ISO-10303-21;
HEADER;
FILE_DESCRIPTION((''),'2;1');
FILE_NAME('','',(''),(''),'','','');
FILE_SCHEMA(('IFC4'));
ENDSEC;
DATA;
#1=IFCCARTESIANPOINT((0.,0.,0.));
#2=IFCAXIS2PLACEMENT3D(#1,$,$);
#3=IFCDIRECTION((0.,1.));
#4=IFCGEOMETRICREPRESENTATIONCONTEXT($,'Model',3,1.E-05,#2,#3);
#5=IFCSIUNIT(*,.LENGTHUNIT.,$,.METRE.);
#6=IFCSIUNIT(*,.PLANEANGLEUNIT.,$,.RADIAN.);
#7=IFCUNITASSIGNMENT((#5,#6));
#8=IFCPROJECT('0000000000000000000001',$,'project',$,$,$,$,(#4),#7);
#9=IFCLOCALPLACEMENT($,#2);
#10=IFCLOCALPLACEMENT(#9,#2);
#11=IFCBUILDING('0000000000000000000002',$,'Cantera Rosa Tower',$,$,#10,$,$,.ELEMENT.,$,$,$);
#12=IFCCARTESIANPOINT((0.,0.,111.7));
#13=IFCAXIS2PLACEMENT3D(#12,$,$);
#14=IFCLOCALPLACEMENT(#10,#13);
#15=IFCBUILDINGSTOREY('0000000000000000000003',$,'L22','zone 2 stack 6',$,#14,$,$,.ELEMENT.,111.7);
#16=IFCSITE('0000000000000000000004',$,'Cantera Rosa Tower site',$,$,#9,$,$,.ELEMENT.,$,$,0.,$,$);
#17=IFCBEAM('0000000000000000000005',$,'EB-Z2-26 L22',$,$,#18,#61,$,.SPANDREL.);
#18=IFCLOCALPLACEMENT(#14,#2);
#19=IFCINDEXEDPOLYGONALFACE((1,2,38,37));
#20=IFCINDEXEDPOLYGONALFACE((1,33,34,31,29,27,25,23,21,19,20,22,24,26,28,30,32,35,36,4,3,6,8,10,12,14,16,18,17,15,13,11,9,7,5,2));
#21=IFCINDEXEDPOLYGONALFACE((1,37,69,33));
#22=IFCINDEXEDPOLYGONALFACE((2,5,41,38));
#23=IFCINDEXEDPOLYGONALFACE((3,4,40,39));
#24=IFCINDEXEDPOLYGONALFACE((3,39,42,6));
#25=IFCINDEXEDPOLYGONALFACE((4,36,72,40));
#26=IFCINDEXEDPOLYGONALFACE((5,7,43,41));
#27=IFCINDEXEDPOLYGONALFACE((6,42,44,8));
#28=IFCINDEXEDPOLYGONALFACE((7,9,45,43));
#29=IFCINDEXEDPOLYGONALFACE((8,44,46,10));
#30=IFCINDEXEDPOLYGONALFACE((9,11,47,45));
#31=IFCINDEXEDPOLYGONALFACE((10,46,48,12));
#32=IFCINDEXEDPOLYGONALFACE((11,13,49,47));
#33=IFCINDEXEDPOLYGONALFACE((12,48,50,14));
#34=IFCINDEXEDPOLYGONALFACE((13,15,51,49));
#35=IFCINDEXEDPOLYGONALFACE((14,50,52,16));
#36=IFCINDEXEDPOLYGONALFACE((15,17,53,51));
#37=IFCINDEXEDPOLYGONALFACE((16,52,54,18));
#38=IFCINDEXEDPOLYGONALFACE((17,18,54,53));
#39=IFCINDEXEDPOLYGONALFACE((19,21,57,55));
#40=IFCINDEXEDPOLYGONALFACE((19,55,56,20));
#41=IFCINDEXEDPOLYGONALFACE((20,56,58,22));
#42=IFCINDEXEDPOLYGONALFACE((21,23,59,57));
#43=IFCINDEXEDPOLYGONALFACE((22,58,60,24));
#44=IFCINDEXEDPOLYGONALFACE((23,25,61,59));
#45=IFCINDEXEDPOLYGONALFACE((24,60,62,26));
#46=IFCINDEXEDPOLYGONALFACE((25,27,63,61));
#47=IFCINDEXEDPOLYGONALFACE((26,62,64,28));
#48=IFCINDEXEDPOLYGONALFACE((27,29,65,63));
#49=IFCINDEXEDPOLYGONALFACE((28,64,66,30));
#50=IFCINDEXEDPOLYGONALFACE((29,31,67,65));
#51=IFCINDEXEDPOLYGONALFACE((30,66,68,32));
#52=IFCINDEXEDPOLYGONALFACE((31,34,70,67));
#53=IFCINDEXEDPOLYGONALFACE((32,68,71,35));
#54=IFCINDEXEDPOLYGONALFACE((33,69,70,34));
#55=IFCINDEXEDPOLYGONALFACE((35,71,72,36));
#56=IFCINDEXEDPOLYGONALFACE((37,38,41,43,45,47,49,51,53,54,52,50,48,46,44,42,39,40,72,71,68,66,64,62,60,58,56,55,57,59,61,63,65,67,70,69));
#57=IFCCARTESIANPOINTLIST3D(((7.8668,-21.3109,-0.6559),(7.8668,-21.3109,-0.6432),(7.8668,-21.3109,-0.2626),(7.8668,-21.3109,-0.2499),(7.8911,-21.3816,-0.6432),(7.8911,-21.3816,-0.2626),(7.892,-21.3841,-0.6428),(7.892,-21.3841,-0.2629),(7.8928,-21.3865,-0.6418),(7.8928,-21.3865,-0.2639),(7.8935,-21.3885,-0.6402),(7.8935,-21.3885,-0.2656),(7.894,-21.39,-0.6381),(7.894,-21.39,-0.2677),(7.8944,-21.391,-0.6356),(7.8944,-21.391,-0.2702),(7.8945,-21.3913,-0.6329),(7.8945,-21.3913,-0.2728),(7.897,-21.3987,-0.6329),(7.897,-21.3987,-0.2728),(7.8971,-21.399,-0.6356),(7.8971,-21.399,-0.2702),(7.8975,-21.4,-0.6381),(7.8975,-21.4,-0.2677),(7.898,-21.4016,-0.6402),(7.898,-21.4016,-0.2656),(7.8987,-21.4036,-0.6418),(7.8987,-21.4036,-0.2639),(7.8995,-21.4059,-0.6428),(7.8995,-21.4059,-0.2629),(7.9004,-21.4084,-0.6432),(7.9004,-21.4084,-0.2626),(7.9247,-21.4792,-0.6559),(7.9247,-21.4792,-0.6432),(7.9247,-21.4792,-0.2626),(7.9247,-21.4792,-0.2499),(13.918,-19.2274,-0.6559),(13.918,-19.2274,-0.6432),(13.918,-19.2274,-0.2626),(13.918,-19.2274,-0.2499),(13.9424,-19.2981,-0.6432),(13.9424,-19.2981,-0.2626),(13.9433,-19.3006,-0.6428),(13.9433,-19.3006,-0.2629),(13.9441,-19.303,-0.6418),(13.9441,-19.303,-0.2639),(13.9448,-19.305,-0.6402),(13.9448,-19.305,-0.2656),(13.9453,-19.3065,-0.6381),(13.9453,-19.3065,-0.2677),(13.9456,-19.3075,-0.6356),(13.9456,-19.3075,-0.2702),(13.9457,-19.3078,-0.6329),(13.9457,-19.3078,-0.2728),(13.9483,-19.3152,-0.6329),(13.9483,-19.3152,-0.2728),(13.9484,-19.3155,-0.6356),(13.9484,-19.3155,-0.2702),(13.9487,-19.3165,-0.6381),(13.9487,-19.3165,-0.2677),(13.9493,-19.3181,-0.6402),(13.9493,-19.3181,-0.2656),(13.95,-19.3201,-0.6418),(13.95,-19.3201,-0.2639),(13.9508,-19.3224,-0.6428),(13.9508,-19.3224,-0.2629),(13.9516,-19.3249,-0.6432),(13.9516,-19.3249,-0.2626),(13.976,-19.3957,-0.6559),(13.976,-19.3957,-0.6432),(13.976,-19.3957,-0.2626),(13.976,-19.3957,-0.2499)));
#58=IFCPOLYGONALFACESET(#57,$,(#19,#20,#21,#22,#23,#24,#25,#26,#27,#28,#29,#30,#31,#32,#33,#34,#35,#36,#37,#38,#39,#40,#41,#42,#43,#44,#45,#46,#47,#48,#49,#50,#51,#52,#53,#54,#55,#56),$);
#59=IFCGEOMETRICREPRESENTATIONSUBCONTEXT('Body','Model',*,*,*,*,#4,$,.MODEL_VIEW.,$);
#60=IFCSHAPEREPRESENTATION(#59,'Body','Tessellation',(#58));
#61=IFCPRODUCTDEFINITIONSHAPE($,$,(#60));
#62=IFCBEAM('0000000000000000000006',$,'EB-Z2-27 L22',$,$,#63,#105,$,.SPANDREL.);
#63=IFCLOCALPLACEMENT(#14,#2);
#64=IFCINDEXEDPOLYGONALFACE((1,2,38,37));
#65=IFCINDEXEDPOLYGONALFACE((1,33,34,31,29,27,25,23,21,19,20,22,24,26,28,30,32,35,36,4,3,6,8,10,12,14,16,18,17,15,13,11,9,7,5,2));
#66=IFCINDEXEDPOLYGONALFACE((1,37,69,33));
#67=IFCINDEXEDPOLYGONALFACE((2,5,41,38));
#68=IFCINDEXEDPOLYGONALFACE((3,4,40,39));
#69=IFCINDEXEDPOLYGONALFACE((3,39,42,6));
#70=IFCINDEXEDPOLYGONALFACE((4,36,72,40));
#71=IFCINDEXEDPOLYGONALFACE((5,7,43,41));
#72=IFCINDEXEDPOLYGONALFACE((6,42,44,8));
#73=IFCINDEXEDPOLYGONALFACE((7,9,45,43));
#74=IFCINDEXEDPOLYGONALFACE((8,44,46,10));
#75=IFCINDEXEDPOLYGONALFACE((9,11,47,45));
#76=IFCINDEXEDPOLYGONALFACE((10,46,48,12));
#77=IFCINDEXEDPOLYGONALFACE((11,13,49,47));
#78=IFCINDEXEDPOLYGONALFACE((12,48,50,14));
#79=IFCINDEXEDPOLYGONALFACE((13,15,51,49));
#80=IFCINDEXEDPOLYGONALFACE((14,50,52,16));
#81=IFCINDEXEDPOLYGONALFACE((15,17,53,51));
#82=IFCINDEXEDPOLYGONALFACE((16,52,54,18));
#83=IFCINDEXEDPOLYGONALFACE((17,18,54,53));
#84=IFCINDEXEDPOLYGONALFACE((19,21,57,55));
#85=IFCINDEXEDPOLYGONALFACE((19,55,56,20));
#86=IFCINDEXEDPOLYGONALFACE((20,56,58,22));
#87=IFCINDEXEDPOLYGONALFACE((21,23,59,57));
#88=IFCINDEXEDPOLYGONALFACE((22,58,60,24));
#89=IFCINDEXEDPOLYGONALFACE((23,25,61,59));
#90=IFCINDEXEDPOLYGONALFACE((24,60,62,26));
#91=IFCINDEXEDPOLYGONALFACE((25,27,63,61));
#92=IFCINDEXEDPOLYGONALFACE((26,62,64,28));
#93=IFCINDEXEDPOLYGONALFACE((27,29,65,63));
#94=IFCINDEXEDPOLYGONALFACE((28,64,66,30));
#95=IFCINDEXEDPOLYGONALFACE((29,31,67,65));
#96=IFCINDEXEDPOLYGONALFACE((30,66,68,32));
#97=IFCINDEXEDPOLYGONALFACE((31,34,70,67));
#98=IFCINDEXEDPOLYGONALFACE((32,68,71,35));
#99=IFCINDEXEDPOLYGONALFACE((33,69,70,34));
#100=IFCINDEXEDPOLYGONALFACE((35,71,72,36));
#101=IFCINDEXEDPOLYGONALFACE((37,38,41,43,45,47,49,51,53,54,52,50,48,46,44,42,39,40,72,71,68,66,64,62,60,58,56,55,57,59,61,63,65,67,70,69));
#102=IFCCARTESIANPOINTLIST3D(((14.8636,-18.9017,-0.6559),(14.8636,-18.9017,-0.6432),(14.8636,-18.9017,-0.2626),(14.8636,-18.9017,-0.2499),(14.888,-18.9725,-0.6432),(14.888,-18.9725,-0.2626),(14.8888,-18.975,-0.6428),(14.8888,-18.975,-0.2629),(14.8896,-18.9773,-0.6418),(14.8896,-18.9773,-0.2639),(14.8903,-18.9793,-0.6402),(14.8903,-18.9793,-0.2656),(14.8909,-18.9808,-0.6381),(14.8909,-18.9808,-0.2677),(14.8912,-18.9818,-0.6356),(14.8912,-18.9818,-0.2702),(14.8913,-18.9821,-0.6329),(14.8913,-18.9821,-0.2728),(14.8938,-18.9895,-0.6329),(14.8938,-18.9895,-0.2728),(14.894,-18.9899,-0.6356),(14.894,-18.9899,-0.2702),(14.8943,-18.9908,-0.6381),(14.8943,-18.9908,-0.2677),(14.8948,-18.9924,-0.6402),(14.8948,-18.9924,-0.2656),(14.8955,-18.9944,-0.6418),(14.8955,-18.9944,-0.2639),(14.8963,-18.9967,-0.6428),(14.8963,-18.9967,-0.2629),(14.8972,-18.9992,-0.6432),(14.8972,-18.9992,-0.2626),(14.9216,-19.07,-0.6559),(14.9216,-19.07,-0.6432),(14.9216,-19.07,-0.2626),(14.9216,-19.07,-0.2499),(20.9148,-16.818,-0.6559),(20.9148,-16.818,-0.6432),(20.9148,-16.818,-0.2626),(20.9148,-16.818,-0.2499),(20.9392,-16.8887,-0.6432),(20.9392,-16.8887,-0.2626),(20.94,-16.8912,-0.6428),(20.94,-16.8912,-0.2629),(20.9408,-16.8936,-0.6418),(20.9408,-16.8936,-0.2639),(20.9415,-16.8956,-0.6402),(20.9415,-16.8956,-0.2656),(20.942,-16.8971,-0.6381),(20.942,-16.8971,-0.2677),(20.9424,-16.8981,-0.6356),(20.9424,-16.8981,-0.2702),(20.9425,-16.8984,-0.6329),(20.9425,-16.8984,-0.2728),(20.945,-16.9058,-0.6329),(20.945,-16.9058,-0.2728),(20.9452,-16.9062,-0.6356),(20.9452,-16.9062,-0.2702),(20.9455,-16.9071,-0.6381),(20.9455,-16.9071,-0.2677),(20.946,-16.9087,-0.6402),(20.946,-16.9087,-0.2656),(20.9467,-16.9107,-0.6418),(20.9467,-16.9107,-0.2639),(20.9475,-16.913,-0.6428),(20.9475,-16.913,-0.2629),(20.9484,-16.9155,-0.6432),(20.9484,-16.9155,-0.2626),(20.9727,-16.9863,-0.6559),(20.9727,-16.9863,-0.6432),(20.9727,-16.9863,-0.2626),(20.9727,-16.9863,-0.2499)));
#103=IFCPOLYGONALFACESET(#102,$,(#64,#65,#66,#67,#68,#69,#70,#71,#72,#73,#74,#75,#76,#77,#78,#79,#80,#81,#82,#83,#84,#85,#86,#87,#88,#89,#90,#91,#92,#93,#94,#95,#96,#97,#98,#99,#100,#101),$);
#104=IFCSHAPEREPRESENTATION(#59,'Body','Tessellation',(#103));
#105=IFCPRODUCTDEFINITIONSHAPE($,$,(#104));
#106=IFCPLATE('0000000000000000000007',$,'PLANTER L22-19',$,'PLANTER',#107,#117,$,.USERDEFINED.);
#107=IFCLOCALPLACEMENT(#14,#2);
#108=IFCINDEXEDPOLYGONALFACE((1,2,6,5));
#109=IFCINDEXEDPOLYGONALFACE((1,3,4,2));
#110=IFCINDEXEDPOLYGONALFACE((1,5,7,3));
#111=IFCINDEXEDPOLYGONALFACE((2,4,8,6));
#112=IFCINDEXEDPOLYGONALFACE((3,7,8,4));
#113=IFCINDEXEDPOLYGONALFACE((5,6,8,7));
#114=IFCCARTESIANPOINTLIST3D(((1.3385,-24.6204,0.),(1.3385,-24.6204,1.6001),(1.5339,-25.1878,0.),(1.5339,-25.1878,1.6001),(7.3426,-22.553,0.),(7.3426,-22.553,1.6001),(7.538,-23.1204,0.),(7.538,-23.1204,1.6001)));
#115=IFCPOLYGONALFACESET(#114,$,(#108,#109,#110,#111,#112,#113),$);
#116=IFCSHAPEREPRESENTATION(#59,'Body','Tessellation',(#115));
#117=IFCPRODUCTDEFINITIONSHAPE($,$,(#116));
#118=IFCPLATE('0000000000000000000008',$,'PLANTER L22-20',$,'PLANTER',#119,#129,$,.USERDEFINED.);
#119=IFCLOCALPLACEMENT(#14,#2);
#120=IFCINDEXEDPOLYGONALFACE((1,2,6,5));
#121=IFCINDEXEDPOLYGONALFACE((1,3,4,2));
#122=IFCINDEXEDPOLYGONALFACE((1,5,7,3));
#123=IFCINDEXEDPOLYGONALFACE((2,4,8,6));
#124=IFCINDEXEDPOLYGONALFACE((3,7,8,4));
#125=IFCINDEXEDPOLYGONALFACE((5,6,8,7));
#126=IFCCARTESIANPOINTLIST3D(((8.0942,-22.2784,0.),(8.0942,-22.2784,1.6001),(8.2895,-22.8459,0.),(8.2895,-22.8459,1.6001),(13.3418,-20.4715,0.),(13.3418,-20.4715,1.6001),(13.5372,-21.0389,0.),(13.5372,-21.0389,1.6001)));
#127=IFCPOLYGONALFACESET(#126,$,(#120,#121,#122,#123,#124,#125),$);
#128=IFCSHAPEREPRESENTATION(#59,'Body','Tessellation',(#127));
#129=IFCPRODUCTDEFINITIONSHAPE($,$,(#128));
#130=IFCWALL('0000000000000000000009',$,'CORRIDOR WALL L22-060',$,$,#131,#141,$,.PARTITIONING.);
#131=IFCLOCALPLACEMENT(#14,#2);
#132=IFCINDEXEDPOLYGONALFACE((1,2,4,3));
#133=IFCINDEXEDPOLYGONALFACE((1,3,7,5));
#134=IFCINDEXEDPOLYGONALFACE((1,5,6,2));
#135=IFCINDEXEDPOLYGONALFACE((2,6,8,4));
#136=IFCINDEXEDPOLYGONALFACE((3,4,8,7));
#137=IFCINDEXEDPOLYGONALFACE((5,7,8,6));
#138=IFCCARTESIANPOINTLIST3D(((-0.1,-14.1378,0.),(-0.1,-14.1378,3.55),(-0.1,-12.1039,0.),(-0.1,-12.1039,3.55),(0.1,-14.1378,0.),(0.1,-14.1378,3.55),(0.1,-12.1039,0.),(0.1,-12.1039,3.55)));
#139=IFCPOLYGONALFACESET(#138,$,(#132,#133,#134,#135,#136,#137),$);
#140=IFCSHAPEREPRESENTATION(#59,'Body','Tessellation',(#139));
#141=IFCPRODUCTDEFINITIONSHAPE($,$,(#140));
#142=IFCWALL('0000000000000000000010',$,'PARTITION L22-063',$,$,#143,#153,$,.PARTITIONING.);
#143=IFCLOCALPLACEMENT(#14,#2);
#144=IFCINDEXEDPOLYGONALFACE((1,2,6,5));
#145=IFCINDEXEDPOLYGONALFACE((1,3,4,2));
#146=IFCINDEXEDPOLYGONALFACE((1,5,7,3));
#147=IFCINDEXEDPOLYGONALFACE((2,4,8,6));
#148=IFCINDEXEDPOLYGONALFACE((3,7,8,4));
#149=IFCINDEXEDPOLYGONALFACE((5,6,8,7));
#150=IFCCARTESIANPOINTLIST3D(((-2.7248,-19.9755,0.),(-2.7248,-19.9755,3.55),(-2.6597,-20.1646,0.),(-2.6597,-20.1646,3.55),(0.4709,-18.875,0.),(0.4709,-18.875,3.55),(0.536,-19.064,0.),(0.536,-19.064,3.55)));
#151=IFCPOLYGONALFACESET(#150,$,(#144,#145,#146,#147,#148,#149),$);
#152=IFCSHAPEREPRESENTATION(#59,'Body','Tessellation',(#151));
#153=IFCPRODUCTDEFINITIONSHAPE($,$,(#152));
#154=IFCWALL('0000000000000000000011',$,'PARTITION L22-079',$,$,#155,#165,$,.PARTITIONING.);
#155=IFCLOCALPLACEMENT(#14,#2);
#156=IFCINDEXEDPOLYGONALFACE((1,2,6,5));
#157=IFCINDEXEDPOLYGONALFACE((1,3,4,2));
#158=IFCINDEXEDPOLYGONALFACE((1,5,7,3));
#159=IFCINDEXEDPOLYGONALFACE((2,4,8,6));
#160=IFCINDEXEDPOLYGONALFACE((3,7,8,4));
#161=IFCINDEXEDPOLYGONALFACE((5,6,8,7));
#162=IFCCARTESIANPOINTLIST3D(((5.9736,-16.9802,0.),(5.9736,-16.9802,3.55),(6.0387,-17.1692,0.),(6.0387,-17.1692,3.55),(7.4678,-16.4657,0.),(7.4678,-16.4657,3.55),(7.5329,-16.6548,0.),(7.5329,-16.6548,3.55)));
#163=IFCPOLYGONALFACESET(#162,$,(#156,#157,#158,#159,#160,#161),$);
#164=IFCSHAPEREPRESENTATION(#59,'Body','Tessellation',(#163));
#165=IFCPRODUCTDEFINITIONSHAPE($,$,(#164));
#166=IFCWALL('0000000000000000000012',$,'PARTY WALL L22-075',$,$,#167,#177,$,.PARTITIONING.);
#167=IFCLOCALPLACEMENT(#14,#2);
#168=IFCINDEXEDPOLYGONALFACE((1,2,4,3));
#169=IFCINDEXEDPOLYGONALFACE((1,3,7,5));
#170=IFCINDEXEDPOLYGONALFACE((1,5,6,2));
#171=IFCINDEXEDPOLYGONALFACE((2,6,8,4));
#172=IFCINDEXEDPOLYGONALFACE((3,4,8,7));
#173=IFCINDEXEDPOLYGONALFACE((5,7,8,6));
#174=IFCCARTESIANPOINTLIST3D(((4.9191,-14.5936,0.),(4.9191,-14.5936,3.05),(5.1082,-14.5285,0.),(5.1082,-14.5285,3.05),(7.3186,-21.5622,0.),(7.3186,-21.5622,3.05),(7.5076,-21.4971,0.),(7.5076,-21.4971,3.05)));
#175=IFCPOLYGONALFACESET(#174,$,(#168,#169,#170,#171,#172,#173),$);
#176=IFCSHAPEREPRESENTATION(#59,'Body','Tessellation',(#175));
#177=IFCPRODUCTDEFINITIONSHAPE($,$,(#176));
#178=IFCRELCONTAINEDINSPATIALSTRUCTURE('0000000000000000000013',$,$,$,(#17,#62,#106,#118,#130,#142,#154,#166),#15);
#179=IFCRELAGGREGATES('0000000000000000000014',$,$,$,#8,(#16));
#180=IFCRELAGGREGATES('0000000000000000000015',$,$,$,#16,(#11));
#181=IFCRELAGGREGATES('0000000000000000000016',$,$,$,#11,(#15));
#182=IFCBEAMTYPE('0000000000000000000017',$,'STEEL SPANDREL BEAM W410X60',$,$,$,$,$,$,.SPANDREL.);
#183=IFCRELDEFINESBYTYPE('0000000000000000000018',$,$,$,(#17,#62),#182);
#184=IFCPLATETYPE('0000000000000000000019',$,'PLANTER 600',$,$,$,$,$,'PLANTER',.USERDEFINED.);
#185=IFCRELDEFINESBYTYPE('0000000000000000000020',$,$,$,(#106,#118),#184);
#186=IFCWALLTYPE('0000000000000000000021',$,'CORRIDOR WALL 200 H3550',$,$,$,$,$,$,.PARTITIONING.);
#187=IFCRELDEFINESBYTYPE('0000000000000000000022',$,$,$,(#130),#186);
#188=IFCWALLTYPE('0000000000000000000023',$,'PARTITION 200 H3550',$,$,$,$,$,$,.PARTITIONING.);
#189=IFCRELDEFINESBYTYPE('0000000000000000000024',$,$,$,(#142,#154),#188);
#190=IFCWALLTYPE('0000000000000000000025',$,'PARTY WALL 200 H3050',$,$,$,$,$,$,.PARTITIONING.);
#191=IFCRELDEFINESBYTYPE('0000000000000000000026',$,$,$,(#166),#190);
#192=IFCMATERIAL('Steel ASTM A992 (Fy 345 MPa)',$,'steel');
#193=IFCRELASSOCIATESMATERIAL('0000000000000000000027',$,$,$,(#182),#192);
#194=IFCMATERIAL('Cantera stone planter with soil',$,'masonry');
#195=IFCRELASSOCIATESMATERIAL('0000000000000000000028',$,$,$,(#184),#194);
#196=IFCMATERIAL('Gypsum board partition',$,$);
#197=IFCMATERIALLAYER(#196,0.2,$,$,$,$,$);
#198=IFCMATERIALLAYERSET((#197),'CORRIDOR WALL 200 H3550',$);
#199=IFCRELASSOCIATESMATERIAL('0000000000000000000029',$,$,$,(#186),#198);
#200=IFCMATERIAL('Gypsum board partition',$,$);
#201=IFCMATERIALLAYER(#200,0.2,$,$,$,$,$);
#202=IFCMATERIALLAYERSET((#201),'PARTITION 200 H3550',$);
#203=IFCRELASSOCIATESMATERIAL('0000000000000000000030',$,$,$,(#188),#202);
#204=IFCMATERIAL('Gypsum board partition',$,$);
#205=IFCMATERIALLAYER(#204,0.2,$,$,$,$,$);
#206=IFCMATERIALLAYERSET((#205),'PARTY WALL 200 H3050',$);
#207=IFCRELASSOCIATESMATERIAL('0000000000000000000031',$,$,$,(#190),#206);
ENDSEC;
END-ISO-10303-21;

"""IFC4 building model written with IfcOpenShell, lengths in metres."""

from ifc_helpers import new_model, si_unit, direction, frame, frame_2d, origin, origin_2d, place, context, subcontext, project, spatial, rectangle, i_section, extrude, material, layer, layer_set, material_profile, profile_set, type_object, element, save


model = new_model("IFC4")

# Units and contexts
model_context = context("Model", 3, precision=1e-05, world=origin(), true_north=direction((0.0, 1.0)))
body_context = subcontext(model_context, "Body", "Model", "MODEL_VIEW")
ifc_project = project(units=[si_unit("LENGTHUNIT", "METRE"), si_unit("PLANEANGLEUNIT", "RADIAN")], contexts=[model_context])

# Site, building, storey
site_placement = place(None, origin())
site = spatial("IfcSite", under=ifc_project, at=site_placement, Name="Cantera Rosa Tower site", CompositionType="ELEMENT", RefElevation=0.0)
building_placement = place(site_placement, origin())
building = spatial("IfcBuilding", under=site, at=building_placement, Name="Cantera Rosa Tower", CompositionType="ELEMENT")
storey_placement = place(building_placement, frame((0.0, 0.0, 111.7)))
storey = spatial("IfcBuildingStorey", under=building, at=storey_placement, Name="L22", Description="zone 2 stack 6", CompositionType="ELEMENT", Elevation=111.7)

# Beams
ifc_material_1 = material(Name="Steel ASTM A992 (Fy 345 MPa)", Category="steel")
ifc_material_profile_1 = material_profile(ifc_material_1, i_section(OverallWidth=0.178, OverallDepth=0.406, WebThickness=0.0078, FlangeThickness=0.0127, FilletRadius=0.0103, at=origin_2d()), Name="W410X60")
ifc_profile_set_1 = profile_set([ifc_material_profile_1], Name="Steel ASTM A992 (Fy 345 MPa)")
beam_type_1 = type_object("IfcBeamType", Name="STEEL SPANDREL BEAM W410X60", PredefinedType="SPANDREL", material=ifc_profile_set_1)
for number, where, z_axis, x_axis, name in (
    (1, (7.8958, -21.395, -0.4529), (0.945524, 0.325551, 0.0), (-0.325551, 0.945524, 0.0), "EB-Z2-26 L22"),
    (2, (14.8926, -18.9858, -0.4529), (0.945513, 0.325585, 0.0), (-0.325585, 0.945513, 0.0), "EB-Z2-27 L22"),
):
    element("IfcBeam", number, at=place(storey_placement, frame(where, z_axis=z_axis, x_axis=x_axis)), inside=storey, type_object=beam_type_1, Name=name, PredefinedType="SPANDREL", context=body_context, shape_type="SweptSolid", body=[
        extrude(i_section(OverallWidth=0.178, OverallDepth=0.406, WebThickness=0.0078, FlangeThickness=0.0127, FilletRadius=0.0103, at=origin_2d()), origin(), (0.0, 0.0, 1.0), 6.3999),
    ])

# Plates
ifc_material_2 = material(Name="Cantera stone planter with soil", Category="masonry")
plate_type = type_object("IfcPlateType", Name="PLANTER 600", ElementType="PLANTER", PredefinedType="USERDEFINED", material=ifc_material_2)
plate_1_placement = place(storey_placement, frame((4.4382, -23.8704, 0.0), z_axis=(0.0, 0.0, 1.0), x_axis=(0.945519, 0.325568, 0.0)))
element("IfcPlate", 3, at=plate_1_placement, inside=storey, type_object=plate_type, Name="PLANTER L22-19", ObjectType="PLANTER", PredefinedType="USERDEFINED", context=body_context, shape_type="SweptSolid", body=[
    extrude(rectangle(XDim=6.3501, YDim=0.6001, at=origin_2d()), origin(), (0.0, 0.0, 1.0), 1.6001),
])
plate_2_placement = place(storey_placement, frame((10.8157, -21.6587, 0.0), z_axis=(0.0, 0.0, 1.0), x_axis=(0.945519, 0.325568, 0.0)))
element("IfcPlate", 4, at=plate_2_placement, inside=storey, type_object=plate_type, Name="PLANTER L22-20", ObjectType="PLANTER", PredefinedType="USERDEFINED", context=body_context, shape_type="SweptSolid", body=[
    extrude(rectangle(XDim=5.55, YDim=0.6001, at=origin_2d()), origin(), (0.0, 0.0, 1.0), 1.6001),
])

# Wall
ifc_material_3 = material(Name="Gypsum board partition")
ifc_layer_1 = layer(ifc_material_3, 0.2)
ifc_layer_set_1 = layer_set([ifc_layer_1], Name="CORRIDOR WALL 200 H3550")
wall_type_1 = type_object("IfcWallType", Name="CORRIDOR WALL 200 H3550", PredefinedType="PARTITIONING", material=ifc_layer_set_1)
wall_1_placement = place(storey_placement, frame((0.0, -14.1379, 0.0), z_axis=(0.0, 0.0, 1.0), x_axis=(0.0, 1.0, 0.0)))
element("IfcWall", 5, at=wall_1_placement, inside=storey, type_object=wall_type_1, Name="CORRIDOR WALL L22-060", PredefinedType="PARTITIONING", context=body_context, shape_type="SweptSolid", body=[
    extrude(rectangle(XDim=2.0339, YDim=0.2, at=frame_2d((1.0171, 0.0))), origin(), (0.0, 0.0, 1.0), 3.55),
])

# Walls
ifc_material_4 = material(Name="Gypsum board partition")
ifc_layer_2 = layer(ifc_material_4, 0.2)
ifc_layer_set_2 = layer_set([ifc_layer_2], Name="PARTITION 200 H3550")
wall_type_2 = type_object("IfcWallType", Name="PARTITION 200 H3550", PredefinedType="PARTITIONING", material=ifc_layer_set_2)
wall_2_placement = place(storey_placement, frame((0.5034, -18.9695, 0.0), z_axis=(0.0, 0.0, 1.0), x_axis=(-0.945502, -0.325617, 0.0)))
element("IfcWall", 6, at=wall_2_placement, inside=storey, type_object=wall_type_2, Name="PARTITION L22-063", PredefinedType="PARTITIONING", context=body_context, shape_type="SweptSolid", body=[
    extrude(rectangle(XDim=3.3799, YDim=0.2, at=frame_2d((1.6899, 0.0))), origin(), (0.0, 0.0, 1.0), 3.55),
])
wall_3_placement = place(storey_placement, frame((7.5002, -16.5603, 0.0), z_axis=(0.0, 0.0, 1.0), x_axis=(-0.945532, -0.325529, 0.0)))
element("IfcWall", 7, at=wall_3_placement, inside=storey, type_object=wall_type_2, Name="PARTITION L22-079", PredefinedType="PARTITIONING", context=body_context, shape_type="SweptSolid", body=[
    extrude(rectangle(XDim=1.5803, YDim=0.2, at=frame_2d((0.79, 0.0))), origin(), (0.0, 0.0, 1.0), 3.55),
])
ifc_material_5 = material(Name="Gypsum board partition")
ifc_layer_3 = layer(ifc_material_5, 0.2)
ifc_layer_set_3 = layer_set([ifc_layer_3], Name="PARTY WALL 200 H3050")
wall_type_3 = type_object("IfcWallType", Name="PARTY WALL 200 H3050", PredefinedType="PARTITIONING", material=ifc_layer_set_3)
wall_4_placement = place(storey_placement, frame((5.0137, -14.561, 0.0), z_axis=(0.0, 0.0, 1.0), x_axis=(0.325564, -0.94552, 0.0)))
element("IfcWall", 8, at=wall_4_placement, inside=storey, type_object=wall_type_3, Name="PARTY WALL L22-075", PredefinedType="PARTITIONING", context=body_context, shape_type="SweptSolid", body=[
    extrude(rectangle(XDim=7.3701, YDim=0.2, at=frame_2d((3.6851, 0.0))), origin(), (0.0, 0.0, 1.0), 3.05),
])

save(model, "model.ifc")
